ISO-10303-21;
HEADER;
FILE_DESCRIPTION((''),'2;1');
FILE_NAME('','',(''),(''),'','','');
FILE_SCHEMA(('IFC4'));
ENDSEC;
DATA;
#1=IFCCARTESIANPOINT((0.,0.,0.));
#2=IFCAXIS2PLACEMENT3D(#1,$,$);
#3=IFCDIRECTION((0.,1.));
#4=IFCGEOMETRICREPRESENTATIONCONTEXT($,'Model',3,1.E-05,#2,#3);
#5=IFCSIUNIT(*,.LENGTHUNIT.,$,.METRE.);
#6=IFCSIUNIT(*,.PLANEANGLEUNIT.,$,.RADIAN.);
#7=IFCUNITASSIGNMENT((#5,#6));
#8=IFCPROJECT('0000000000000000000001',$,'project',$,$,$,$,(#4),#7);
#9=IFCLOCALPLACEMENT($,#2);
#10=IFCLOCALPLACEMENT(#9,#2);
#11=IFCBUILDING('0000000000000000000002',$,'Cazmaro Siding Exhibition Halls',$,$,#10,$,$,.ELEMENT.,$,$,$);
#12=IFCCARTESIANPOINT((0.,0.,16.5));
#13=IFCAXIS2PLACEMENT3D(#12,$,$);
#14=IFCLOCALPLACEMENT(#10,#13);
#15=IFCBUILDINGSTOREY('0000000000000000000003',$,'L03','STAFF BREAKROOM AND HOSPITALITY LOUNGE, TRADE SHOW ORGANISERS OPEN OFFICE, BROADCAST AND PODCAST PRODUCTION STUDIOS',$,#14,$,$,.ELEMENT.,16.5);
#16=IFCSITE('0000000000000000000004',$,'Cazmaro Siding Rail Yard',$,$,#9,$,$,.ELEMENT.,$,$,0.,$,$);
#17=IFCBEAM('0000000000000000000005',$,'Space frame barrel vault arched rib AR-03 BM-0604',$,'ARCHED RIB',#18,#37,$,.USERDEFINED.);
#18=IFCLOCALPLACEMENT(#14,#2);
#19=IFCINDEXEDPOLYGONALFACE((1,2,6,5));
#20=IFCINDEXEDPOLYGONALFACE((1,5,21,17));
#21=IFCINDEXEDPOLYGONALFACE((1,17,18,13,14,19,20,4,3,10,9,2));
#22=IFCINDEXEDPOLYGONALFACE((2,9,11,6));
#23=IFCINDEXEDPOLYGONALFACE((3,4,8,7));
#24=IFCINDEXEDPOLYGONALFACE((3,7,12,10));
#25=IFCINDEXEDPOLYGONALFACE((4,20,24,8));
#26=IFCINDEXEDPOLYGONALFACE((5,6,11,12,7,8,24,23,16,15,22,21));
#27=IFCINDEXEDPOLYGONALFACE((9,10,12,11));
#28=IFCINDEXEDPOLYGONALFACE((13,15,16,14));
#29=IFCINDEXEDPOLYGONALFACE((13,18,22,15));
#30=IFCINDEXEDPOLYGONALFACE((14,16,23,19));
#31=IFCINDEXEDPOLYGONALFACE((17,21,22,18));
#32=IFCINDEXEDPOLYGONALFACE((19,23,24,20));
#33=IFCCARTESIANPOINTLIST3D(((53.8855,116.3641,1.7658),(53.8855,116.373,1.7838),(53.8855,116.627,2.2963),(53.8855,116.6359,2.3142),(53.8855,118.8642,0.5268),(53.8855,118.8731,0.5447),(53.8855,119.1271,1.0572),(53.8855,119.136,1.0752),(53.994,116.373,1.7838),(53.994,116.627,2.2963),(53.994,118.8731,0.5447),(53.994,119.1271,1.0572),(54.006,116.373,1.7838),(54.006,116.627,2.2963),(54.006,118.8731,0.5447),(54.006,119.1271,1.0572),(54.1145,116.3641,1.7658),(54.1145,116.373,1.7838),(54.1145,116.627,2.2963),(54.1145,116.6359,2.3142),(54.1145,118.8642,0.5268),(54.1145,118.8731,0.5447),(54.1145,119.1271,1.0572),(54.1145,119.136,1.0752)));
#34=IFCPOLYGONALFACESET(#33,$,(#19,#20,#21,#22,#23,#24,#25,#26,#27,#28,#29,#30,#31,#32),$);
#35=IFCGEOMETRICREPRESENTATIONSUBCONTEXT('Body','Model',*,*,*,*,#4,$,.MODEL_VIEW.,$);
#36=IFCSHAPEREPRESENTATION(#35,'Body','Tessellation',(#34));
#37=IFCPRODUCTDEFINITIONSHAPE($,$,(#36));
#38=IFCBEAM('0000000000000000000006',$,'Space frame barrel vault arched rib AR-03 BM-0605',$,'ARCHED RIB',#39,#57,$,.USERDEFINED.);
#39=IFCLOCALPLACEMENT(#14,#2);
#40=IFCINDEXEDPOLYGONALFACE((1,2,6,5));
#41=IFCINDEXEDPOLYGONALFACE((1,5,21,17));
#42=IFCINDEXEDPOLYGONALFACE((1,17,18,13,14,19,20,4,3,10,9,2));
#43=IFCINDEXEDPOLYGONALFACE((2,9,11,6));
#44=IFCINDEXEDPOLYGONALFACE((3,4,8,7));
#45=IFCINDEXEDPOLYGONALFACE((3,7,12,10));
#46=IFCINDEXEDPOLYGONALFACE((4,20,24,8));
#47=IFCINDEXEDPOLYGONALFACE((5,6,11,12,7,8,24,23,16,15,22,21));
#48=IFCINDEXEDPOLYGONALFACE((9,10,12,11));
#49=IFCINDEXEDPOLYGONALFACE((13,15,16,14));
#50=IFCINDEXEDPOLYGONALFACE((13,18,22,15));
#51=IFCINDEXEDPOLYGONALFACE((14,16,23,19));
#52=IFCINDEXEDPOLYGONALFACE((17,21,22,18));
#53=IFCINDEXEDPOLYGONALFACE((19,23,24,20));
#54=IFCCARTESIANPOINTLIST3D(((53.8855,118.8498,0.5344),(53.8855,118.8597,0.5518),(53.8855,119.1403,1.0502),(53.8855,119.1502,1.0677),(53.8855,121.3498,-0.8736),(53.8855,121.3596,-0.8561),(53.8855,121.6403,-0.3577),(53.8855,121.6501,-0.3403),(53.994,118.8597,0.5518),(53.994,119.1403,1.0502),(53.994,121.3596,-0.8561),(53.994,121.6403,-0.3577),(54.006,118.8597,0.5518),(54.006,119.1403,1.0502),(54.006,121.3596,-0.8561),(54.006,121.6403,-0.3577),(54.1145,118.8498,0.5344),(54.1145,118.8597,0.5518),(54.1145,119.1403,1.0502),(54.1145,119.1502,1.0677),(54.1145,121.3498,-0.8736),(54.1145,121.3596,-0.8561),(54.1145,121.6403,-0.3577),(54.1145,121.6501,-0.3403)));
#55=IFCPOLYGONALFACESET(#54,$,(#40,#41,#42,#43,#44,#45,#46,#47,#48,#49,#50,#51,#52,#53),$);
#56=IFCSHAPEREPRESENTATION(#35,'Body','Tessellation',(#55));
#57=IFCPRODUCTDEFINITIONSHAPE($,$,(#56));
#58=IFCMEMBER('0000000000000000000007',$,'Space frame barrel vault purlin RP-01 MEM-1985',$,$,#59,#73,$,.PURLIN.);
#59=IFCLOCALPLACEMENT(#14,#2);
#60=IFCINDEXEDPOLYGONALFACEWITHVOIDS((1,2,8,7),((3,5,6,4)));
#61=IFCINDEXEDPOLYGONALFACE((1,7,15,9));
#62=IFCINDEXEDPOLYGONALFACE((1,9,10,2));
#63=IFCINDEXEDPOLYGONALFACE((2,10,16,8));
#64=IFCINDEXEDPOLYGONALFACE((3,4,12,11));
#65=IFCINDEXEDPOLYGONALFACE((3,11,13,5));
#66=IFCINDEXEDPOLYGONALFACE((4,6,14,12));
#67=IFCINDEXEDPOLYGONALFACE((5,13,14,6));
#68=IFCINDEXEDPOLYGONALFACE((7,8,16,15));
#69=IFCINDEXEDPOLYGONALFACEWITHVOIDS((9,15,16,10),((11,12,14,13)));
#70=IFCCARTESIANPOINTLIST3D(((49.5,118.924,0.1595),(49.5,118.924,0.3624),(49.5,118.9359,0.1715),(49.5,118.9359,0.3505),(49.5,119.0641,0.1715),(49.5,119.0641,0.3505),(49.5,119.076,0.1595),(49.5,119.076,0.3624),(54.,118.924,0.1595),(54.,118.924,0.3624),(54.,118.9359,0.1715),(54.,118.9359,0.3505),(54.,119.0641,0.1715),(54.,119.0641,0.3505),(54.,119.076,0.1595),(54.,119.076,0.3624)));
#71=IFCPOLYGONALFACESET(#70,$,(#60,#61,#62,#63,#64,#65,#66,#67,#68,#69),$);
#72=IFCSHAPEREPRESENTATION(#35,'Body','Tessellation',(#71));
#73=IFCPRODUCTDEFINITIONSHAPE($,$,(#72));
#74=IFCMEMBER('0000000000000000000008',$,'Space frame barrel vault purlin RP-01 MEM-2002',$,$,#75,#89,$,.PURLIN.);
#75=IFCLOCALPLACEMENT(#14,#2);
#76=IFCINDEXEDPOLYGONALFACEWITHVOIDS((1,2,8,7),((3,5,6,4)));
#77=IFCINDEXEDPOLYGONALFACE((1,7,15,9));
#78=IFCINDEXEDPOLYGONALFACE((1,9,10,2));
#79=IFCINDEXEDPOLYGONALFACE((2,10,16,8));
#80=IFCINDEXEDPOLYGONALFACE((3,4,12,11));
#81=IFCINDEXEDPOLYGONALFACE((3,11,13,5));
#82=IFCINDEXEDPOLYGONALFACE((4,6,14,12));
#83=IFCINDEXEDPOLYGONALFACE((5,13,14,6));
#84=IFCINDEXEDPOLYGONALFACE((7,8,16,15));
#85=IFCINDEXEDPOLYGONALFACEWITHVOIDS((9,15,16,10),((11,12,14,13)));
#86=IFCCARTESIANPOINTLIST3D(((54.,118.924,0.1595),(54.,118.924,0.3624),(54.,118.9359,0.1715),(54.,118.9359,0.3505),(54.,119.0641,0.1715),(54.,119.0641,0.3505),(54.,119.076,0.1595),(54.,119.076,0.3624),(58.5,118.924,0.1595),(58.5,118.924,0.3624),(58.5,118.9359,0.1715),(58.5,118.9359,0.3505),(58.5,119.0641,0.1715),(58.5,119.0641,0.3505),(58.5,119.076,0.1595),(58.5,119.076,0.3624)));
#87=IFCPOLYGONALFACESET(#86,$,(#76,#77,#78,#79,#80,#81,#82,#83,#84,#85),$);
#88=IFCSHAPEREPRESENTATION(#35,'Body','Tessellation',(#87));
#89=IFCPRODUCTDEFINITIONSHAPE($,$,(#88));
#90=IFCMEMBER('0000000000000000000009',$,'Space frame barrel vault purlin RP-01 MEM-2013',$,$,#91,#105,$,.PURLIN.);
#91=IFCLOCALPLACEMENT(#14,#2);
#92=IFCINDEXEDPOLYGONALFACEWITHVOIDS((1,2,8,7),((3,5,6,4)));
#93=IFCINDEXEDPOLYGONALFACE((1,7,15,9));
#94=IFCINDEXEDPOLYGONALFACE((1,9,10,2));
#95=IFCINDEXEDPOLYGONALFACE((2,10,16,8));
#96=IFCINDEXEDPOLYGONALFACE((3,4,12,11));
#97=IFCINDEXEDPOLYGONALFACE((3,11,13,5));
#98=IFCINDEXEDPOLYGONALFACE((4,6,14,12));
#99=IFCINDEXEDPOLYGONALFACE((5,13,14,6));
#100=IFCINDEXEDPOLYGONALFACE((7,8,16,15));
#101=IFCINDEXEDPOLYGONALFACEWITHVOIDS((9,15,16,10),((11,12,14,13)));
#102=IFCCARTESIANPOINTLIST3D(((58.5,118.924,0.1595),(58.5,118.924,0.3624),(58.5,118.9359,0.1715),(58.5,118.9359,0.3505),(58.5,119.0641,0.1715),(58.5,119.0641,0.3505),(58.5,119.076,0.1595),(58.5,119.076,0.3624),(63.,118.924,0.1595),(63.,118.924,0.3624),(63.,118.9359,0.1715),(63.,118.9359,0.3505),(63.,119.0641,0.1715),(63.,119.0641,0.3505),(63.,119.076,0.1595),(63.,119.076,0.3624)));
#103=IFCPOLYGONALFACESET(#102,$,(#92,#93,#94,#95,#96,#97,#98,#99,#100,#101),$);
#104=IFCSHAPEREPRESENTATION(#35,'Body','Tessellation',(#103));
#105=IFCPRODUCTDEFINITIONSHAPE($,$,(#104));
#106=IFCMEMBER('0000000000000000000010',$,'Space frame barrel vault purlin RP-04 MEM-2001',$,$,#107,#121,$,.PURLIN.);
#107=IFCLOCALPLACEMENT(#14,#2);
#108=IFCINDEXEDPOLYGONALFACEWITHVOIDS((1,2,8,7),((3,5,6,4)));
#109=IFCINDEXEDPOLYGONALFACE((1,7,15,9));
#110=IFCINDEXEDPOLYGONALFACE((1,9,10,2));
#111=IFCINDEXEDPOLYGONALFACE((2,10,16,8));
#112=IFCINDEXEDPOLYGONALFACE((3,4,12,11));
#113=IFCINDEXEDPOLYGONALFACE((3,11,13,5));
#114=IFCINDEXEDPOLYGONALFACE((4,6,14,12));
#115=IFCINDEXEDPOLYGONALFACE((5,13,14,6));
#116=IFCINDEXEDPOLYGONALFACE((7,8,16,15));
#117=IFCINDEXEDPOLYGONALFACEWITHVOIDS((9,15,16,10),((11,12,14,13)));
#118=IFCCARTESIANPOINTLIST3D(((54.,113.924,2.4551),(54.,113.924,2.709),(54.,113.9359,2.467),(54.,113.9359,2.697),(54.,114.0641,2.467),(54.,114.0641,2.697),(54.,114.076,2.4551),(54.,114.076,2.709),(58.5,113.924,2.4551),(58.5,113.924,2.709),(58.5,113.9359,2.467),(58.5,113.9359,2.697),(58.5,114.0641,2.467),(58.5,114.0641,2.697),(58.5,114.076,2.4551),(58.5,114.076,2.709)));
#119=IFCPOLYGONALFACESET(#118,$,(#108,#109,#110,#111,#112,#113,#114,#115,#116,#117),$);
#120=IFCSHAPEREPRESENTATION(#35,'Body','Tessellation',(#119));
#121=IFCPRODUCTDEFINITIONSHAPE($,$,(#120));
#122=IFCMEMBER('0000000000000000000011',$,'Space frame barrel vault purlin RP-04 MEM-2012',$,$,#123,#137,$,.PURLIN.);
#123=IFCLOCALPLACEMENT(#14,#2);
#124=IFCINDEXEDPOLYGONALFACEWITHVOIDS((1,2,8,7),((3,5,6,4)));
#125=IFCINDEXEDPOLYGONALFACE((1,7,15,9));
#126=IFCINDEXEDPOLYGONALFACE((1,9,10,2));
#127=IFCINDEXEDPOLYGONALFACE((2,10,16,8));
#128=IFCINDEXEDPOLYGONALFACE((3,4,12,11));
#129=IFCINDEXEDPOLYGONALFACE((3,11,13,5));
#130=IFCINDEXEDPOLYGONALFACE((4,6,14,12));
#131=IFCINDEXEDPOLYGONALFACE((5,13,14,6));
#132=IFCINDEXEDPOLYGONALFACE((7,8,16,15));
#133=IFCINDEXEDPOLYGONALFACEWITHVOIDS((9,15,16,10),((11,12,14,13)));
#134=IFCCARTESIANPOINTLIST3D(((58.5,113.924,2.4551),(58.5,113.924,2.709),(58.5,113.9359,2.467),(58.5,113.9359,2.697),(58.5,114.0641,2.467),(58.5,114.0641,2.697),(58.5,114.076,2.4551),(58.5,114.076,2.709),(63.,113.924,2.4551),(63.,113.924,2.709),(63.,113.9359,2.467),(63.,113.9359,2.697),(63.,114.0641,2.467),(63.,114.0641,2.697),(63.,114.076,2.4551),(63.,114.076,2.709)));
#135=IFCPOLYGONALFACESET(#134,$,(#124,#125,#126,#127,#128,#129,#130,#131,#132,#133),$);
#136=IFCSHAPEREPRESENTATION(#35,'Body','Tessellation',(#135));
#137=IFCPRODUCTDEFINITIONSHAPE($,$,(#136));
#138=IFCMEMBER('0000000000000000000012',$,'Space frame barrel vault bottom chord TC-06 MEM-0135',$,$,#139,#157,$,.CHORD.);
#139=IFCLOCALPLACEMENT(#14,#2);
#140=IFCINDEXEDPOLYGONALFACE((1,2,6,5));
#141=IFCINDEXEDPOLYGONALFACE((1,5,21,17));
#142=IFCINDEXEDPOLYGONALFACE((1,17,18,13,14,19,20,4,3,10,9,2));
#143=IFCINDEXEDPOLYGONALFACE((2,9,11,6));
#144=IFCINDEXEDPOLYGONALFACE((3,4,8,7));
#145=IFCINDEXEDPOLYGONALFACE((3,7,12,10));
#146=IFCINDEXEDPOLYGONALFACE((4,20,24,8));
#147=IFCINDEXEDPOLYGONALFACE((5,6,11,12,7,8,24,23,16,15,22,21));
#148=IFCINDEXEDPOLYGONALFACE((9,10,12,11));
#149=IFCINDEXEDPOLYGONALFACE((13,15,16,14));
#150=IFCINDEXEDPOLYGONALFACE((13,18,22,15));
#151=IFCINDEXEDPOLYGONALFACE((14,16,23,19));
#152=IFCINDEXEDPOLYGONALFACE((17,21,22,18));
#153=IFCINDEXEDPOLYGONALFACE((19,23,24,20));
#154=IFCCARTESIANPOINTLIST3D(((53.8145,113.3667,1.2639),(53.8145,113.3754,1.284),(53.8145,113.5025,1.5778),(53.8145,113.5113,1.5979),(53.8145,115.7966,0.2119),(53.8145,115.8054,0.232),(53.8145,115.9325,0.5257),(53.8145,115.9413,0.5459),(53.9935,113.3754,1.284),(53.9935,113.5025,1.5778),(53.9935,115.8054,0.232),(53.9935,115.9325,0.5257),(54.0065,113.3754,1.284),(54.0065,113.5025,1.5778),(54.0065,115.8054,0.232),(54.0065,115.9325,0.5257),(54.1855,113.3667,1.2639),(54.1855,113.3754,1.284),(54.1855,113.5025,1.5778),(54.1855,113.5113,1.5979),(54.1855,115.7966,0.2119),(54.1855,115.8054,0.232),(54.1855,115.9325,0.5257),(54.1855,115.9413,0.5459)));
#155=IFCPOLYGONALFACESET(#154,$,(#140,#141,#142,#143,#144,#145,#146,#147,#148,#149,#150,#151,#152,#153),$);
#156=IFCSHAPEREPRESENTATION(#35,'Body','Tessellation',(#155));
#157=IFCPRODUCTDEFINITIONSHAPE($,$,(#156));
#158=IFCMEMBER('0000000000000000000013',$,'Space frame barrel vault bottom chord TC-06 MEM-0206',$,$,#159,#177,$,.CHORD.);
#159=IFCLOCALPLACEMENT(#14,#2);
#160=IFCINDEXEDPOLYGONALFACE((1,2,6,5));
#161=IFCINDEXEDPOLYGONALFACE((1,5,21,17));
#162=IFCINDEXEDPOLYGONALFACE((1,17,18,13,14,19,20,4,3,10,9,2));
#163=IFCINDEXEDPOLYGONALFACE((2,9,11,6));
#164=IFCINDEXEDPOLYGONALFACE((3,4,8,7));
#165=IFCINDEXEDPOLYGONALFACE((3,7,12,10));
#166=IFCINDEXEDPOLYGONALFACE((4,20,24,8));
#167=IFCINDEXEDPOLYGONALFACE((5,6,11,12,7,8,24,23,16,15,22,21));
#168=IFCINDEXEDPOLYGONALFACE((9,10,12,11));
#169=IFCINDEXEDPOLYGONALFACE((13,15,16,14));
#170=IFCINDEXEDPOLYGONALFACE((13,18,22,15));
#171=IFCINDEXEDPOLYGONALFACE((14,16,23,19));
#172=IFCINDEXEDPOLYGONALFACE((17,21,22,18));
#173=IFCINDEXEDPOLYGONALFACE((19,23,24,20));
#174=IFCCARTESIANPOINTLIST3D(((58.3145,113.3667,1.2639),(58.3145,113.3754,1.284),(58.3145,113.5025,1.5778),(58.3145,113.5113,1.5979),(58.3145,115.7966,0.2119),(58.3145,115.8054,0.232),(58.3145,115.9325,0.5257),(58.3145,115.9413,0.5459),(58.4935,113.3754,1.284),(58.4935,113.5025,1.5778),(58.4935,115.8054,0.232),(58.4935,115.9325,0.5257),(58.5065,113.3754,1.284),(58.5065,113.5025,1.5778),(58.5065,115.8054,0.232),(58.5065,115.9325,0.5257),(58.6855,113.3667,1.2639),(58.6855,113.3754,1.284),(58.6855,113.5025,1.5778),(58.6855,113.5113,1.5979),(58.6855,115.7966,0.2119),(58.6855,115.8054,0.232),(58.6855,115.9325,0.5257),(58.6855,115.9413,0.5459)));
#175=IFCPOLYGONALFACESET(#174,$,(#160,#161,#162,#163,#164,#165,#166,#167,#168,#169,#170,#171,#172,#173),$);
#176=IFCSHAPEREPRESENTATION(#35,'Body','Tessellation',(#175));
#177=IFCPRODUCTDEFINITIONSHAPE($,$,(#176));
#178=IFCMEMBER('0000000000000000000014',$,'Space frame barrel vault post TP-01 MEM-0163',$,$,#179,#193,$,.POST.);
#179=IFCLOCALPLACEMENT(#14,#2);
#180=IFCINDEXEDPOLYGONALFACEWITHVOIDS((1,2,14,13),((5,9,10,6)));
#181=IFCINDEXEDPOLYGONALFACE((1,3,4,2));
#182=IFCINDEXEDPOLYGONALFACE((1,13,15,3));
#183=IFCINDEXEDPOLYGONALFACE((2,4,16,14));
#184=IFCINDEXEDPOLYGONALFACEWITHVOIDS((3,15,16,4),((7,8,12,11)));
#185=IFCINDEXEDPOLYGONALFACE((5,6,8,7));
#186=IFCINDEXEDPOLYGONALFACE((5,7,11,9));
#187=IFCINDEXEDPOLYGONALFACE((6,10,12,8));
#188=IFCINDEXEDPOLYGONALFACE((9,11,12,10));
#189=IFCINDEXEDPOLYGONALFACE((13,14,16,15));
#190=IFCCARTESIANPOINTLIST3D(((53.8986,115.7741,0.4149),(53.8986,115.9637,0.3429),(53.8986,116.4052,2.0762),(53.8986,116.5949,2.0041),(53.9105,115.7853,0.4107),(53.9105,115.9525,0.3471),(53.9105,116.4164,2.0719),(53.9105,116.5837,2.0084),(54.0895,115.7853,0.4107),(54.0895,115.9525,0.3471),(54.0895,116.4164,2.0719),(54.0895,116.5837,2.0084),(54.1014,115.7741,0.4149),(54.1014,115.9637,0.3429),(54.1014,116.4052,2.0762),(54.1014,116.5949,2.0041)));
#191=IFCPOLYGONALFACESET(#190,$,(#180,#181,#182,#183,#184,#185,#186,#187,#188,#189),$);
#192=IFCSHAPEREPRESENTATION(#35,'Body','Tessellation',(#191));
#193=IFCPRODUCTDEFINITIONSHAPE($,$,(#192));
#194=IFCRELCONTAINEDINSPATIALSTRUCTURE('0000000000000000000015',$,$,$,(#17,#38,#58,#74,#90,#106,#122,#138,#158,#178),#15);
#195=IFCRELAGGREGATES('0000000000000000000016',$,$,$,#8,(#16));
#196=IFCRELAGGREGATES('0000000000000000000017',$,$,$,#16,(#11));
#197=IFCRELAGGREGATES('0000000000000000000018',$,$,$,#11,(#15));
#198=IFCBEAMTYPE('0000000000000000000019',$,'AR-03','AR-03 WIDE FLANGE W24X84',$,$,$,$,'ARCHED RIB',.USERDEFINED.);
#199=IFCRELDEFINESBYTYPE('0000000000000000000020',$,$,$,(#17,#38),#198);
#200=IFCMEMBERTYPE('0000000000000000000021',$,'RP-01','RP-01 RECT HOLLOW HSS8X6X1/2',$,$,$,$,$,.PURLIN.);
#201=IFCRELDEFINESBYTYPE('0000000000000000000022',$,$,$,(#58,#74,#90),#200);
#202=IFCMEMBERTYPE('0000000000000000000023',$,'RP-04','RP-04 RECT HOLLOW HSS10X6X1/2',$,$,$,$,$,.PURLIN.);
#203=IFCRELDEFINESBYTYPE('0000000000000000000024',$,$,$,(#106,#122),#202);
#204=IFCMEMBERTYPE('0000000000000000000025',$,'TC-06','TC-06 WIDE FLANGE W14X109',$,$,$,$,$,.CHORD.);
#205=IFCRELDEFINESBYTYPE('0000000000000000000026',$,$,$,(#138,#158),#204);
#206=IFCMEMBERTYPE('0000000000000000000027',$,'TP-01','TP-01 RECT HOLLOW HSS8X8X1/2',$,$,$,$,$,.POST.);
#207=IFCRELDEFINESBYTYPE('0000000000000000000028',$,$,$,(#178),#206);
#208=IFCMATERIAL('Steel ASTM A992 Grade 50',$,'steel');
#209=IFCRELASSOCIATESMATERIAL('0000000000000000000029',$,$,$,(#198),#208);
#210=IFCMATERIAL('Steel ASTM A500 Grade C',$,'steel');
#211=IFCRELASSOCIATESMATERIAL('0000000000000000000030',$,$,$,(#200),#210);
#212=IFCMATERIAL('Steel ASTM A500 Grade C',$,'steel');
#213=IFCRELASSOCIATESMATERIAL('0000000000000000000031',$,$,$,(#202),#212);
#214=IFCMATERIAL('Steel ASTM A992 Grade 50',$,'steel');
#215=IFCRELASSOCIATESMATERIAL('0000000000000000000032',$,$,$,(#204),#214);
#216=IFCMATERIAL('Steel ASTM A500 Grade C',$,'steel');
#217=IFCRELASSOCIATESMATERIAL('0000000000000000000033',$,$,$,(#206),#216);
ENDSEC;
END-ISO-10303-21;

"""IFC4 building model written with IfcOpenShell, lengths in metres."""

from ifc_helpers import new_model, si_unit, direction, frame, origin, origin_2d, place, context, subcontext, project, spatial, hollow_rectangle, i_section, extrude, material, material_profile, profile_set, type_object, element, save


model = new_model("IFC4")

# Units and contexts
model_context = context("Model", 3, precision=1e-05, world=origin(), true_north=direction((0.0, 1.0)))
body_context = subcontext(model_context, "Body", "Model", "MODEL_VIEW")
ifc_project = project(units=[si_unit("LENGTHUNIT", "METRE"), si_unit("PLANEANGLEUNIT", "RADIAN")], contexts=[model_context])

# Site, building, storey
site_placement = place(None, origin())
site = spatial("IfcSite", under=ifc_project, at=site_placement, Name="Cazmaro Siding Rail Yard", CompositionType="ELEMENT", RefElevation=0.0)
building_placement = place(site_placement, origin())
building = spatial("IfcBuilding", under=site, at=building_placement, Name="Cazmaro Siding Exhibition Halls", CompositionType="ELEMENT")
storey_placement = place(building_placement, frame((0.0, 0.0, 16.5)))
storey = spatial("IfcBuildingStorey", under=building, at=storey_placement, Name="L03", Description="STAFF BREAKROOM AND HOSPITALITY LOUNGE, TRADE SHOW ORGANISERS OPEN OFFICE, BROADCAST AND PODCAST PRODUCTION STUDIOS", CompositionType="ELEMENT", Elevation=16.5)

# Beams
ifc_material_1 = material(Name="Steel ASTM A992 Grade 50", Category="steel")
ifc_material_profile_1 = material_profile(ifc_material_1, i_section(OverallWidth=0.229, OverallDepth=0.6121, WebThickness=0.012, FlangeThickness=0.02, at=origin_2d()), Name="W24X84")
ifc_profile_set_1 = profile_set([ifc_material_profile_1], Name="Steel ASTM A992 Grade 50")
beam_type_1 = type_object("IfcBeamType", Name="AR-03", Description="AR-03 WIDE FLANGE W24X84", ElementType="ARCHED RIB", PredefinedType="USERDEFINED", material=ifc_profile_set_1)
beam_1_placement = place(storey_placement, frame((54.0, 116.5, 2.04), z_axis=(0.0, 0.895997, -0.444061), x_axis=(-1.0, 0.0, 0.0)))
element("IfcBeam", 1, at=beam_1_placement, inside=storey, type_object=beam_type_1, Name="Space frame barrel vault arched rib AR-03 BM-0604", ObjectType="ARCHED RIB", PredefinedType="USERDEFINED", context=body_context, shape_type="SweptSolid", body=[
    extrude(i_section(OverallWidth=0.229, OverallDepth=0.6121, WebThickness=0.012, FlangeThickness=0.02, at=origin_2d()), origin(), (0.0, 0.0, 1.0), 2.7903),
])
beam_2_placement = place(storey_placement, frame((54.0, 119.0, 0.801), z_axis=(0.0, 0.871321, -0.490714), x_axis=(-1.0, 0.0, 0.0)))
element("IfcBeam", 2, at=beam_2_placement, inside=storey, type_object=beam_type_1, Name="Space frame barrel vault arched rib AR-03 BM-0605", ObjectType="ARCHED RIB", PredefinedType="USERDEFINED", context=body_context, shape_type="SweptSolid", body=[
    extrude(i_section(OverallWidth=0.229, OverallDepth=0.6121, WebThickness=0.012, FlangeThickness=0.02, at=origin_2d()), origin(), (0.0, 0.0, 1.0), 2.8691),
])

# Members
ifc_material_2 = material(Name="Steel ASTM A500 Grade C", Category="steel")
ifc_material_profile_2 = material_profile(ifc_material_2, hollow_rectangle(XDim=0.1521, YDim=0.2029, WallThickness=0.012, at=origin_2d()), Name="HSS8X6X1/2")
ifc_profile_set_2 = profile_set([ifc_material_profile_2], Name="Steel ASTM A500 Grade C")
member_type_1 = type_object("IfcMemberType", Name="RP-01", Description="RP-01 RECT HOLLOW HSS8X6X1/2", PredefinedType="PURLIN", material=ifc_profile_set_2)
for number, where, z_axis, x_axis, name in (
    (3, (49.5, 119.0, 0.261), (1.0, 0.0, 0.0), (0.0, 1.0, 0.0), "Space frame barrel vault purlin RP-01 MEM-1985"),
    (4, (54.0, 119.0, 0.261), (1.0, 0.0, 0.0), (0.0, 1.0, 0.0), "Space frame barrel vault purlin RP-01 MEM-2002"),
    (5, (58.5, 119.0, 0.261), (1.0, 0.0, 0.0), (0.0, 1.0, 0.0), "Space frame barrel vault purlin RP-01 MEM-2013"),
):
    element("IfcMember", number, at=place(storey_placement, frame(where, z_axis=z_axis, x_axis=x_axis)), inside=storey, type_object=member_type_1, Name=name, PredefinedType="PURLIN", context=body_context, shape_type="SweptSolid", body=[
        extrude(hollow_rectangle(XDim=0.1521, YDim=0.2029, WallThickness=0.012, at=origin_2d()), origin(), (0.0, 0.0, 1.0), 4.5),
    ])
ifc_material_3 = material(Name="Steel ASTM A500 Grade C", Category="steel")
ifc_material_profile_3 = material_profile(ifc_material_3, hollow_rectangle(XDim=0.1521, YDim=0.2539, WallThickness=0.012, at=origin_2d()), Name="HSS10X6X1/2")
ifc_profile_set_3 = profile_set([ifc_material_profile_3], Name="Steel ASTM A500 Grade C")
member_type_2 = type_object("IfcMemberType", Name="RP-04", Description="RP-04 RECT HOLLOW HSS10X6X1/2", PredefinedType="PURLIN", material=ifc_profile_set_3)
for number, where, z_axis, x_axis, name in (
    (6, (54.0, 114.0, 2.582), (1.0, 0.0, 0.0), (0.0, 1.0, 0.0), "Space frame barrel vault purlin RP-04 MEM-2001"),
    (7, (58.5, 114.0, 2.582), (1.0, 0.0, 0.0), (0.0, 1.0, 0.0), "Space frame barrel vault purlin RP-04 MEM-2012"),
):
    element("IfcMember", number, at=place(storey_placement, frame(where, z_axis=z_axis, x_axis=x_axis)), inside=storey, type_object=member_type_2, Name=name, PredefinedType="PURLIN", context=body_context, shape_type="SweptSolid", body=[
        extrude(hollow_rectangle(XDim=0.1521, YDim=0.2539, WallThickness=0.012, at=origin_2d()), origin(), (0.0, 0.0, 1.0), 4.5),
    ])
ifc_material_4 = material(Name="Steel ASTM A992 Grade 50", Category="steel")
ifc_material_profile_4 = material_profile(ifc_material_4, i_section(OverallWidth=0.3711, OverallDepth=0.364, WebThickness=0.0129, FlangeThickness=0.022, at=origin_2d()), Name="W14X109")
ifc_profile_set_4 = profile_set([ifc_material_profile_4], Name="Steel ASTM A992 Grade 50")
member_type_3 = type_object("IfcMemberType", Name="TC-06", Description="TC-06 WIDE FLANGE W14X109", PredefinedType="CHORD", material=ifc_profile_set_4)
for number, where, z_axis, x_axis, name in (
    (8, (54.0, 113.439, 1.4309), (0.0, 0.917689, -0.397299), (-1.0, 0.0, 0.0), "Space frame barrel vault bottom chord TC-06 MEM-0135"),
    (9, (58.5, 113.439, 1.4309), (0.0, 0.917689, -0.397299), (-1.0, 0.0, 0.0), "Space frame barrel vault bottom chord TC-06 MEM-0206"),
):
    element("IfcMember", number, at=place(storey_placement, frame(where, z_axis=z_axis, x_axis=x_axis)), inside=storey, type_object=member_type_3, Name=name, PredefinedType="CHORD", context=body_context, shape_type="SweptSolid", body=[
        extrude(i_section(OverallWidth=0.3711, OverallDepth=0.364, WebThickness=0.0129, FlangeThickness=0.022, at=origin_2d()), origin(), (0.0, 0.0, 1.0), 2.6479),
    ])
ifc_material_5 = material(Name="Steel ASTM A500 Grade C", Category="steel")
ifc_material_profile_5 = material_profile(ifc_material_5, hollow_rectangle(XDim=0.2029, YDim=0.2029, WallThickness=0.012, at=origin_2d()), Name="HSS8X8X1/2")
ifc_profile_set_5 = profile_set([ifc_material_profile_5], Name="Steel ASTM A500 Grade C")
member_type_4 = type_object("IfcMemberType", Name="TP-01", Description="TP-01 RECT HOLLOW HSS8X8X1/2", PredefinedType="POST", material=ifc_profile_set_5)
for number, where, z_axis, x_axis, name in (
    (10, (54.0, 115.8689, 0.3789), (0.0, 0.355155, 0.934807), (-1.0, 0.0, 0.0), "Space frame barrel vault post TP-01 MEM-0163"),
):
    element("IfcMember", number, at=place(storey_placement, frame(where, z_axis=z_axis, x_axis=x_axis)), inside=storey, type_object=member_type_4, Name=name, PredefinedType="POST", context=body_context, shape_type="SweptSolid", body=[
        extrude(hollow_rectangle(XDim=0.2029, YDim=0.2029, WallThickness=0.012, at=origin_2d()), origin(), (0.0, 0.0, 1.0), 1.7771),
    ])

save(model, "model.ifc")
